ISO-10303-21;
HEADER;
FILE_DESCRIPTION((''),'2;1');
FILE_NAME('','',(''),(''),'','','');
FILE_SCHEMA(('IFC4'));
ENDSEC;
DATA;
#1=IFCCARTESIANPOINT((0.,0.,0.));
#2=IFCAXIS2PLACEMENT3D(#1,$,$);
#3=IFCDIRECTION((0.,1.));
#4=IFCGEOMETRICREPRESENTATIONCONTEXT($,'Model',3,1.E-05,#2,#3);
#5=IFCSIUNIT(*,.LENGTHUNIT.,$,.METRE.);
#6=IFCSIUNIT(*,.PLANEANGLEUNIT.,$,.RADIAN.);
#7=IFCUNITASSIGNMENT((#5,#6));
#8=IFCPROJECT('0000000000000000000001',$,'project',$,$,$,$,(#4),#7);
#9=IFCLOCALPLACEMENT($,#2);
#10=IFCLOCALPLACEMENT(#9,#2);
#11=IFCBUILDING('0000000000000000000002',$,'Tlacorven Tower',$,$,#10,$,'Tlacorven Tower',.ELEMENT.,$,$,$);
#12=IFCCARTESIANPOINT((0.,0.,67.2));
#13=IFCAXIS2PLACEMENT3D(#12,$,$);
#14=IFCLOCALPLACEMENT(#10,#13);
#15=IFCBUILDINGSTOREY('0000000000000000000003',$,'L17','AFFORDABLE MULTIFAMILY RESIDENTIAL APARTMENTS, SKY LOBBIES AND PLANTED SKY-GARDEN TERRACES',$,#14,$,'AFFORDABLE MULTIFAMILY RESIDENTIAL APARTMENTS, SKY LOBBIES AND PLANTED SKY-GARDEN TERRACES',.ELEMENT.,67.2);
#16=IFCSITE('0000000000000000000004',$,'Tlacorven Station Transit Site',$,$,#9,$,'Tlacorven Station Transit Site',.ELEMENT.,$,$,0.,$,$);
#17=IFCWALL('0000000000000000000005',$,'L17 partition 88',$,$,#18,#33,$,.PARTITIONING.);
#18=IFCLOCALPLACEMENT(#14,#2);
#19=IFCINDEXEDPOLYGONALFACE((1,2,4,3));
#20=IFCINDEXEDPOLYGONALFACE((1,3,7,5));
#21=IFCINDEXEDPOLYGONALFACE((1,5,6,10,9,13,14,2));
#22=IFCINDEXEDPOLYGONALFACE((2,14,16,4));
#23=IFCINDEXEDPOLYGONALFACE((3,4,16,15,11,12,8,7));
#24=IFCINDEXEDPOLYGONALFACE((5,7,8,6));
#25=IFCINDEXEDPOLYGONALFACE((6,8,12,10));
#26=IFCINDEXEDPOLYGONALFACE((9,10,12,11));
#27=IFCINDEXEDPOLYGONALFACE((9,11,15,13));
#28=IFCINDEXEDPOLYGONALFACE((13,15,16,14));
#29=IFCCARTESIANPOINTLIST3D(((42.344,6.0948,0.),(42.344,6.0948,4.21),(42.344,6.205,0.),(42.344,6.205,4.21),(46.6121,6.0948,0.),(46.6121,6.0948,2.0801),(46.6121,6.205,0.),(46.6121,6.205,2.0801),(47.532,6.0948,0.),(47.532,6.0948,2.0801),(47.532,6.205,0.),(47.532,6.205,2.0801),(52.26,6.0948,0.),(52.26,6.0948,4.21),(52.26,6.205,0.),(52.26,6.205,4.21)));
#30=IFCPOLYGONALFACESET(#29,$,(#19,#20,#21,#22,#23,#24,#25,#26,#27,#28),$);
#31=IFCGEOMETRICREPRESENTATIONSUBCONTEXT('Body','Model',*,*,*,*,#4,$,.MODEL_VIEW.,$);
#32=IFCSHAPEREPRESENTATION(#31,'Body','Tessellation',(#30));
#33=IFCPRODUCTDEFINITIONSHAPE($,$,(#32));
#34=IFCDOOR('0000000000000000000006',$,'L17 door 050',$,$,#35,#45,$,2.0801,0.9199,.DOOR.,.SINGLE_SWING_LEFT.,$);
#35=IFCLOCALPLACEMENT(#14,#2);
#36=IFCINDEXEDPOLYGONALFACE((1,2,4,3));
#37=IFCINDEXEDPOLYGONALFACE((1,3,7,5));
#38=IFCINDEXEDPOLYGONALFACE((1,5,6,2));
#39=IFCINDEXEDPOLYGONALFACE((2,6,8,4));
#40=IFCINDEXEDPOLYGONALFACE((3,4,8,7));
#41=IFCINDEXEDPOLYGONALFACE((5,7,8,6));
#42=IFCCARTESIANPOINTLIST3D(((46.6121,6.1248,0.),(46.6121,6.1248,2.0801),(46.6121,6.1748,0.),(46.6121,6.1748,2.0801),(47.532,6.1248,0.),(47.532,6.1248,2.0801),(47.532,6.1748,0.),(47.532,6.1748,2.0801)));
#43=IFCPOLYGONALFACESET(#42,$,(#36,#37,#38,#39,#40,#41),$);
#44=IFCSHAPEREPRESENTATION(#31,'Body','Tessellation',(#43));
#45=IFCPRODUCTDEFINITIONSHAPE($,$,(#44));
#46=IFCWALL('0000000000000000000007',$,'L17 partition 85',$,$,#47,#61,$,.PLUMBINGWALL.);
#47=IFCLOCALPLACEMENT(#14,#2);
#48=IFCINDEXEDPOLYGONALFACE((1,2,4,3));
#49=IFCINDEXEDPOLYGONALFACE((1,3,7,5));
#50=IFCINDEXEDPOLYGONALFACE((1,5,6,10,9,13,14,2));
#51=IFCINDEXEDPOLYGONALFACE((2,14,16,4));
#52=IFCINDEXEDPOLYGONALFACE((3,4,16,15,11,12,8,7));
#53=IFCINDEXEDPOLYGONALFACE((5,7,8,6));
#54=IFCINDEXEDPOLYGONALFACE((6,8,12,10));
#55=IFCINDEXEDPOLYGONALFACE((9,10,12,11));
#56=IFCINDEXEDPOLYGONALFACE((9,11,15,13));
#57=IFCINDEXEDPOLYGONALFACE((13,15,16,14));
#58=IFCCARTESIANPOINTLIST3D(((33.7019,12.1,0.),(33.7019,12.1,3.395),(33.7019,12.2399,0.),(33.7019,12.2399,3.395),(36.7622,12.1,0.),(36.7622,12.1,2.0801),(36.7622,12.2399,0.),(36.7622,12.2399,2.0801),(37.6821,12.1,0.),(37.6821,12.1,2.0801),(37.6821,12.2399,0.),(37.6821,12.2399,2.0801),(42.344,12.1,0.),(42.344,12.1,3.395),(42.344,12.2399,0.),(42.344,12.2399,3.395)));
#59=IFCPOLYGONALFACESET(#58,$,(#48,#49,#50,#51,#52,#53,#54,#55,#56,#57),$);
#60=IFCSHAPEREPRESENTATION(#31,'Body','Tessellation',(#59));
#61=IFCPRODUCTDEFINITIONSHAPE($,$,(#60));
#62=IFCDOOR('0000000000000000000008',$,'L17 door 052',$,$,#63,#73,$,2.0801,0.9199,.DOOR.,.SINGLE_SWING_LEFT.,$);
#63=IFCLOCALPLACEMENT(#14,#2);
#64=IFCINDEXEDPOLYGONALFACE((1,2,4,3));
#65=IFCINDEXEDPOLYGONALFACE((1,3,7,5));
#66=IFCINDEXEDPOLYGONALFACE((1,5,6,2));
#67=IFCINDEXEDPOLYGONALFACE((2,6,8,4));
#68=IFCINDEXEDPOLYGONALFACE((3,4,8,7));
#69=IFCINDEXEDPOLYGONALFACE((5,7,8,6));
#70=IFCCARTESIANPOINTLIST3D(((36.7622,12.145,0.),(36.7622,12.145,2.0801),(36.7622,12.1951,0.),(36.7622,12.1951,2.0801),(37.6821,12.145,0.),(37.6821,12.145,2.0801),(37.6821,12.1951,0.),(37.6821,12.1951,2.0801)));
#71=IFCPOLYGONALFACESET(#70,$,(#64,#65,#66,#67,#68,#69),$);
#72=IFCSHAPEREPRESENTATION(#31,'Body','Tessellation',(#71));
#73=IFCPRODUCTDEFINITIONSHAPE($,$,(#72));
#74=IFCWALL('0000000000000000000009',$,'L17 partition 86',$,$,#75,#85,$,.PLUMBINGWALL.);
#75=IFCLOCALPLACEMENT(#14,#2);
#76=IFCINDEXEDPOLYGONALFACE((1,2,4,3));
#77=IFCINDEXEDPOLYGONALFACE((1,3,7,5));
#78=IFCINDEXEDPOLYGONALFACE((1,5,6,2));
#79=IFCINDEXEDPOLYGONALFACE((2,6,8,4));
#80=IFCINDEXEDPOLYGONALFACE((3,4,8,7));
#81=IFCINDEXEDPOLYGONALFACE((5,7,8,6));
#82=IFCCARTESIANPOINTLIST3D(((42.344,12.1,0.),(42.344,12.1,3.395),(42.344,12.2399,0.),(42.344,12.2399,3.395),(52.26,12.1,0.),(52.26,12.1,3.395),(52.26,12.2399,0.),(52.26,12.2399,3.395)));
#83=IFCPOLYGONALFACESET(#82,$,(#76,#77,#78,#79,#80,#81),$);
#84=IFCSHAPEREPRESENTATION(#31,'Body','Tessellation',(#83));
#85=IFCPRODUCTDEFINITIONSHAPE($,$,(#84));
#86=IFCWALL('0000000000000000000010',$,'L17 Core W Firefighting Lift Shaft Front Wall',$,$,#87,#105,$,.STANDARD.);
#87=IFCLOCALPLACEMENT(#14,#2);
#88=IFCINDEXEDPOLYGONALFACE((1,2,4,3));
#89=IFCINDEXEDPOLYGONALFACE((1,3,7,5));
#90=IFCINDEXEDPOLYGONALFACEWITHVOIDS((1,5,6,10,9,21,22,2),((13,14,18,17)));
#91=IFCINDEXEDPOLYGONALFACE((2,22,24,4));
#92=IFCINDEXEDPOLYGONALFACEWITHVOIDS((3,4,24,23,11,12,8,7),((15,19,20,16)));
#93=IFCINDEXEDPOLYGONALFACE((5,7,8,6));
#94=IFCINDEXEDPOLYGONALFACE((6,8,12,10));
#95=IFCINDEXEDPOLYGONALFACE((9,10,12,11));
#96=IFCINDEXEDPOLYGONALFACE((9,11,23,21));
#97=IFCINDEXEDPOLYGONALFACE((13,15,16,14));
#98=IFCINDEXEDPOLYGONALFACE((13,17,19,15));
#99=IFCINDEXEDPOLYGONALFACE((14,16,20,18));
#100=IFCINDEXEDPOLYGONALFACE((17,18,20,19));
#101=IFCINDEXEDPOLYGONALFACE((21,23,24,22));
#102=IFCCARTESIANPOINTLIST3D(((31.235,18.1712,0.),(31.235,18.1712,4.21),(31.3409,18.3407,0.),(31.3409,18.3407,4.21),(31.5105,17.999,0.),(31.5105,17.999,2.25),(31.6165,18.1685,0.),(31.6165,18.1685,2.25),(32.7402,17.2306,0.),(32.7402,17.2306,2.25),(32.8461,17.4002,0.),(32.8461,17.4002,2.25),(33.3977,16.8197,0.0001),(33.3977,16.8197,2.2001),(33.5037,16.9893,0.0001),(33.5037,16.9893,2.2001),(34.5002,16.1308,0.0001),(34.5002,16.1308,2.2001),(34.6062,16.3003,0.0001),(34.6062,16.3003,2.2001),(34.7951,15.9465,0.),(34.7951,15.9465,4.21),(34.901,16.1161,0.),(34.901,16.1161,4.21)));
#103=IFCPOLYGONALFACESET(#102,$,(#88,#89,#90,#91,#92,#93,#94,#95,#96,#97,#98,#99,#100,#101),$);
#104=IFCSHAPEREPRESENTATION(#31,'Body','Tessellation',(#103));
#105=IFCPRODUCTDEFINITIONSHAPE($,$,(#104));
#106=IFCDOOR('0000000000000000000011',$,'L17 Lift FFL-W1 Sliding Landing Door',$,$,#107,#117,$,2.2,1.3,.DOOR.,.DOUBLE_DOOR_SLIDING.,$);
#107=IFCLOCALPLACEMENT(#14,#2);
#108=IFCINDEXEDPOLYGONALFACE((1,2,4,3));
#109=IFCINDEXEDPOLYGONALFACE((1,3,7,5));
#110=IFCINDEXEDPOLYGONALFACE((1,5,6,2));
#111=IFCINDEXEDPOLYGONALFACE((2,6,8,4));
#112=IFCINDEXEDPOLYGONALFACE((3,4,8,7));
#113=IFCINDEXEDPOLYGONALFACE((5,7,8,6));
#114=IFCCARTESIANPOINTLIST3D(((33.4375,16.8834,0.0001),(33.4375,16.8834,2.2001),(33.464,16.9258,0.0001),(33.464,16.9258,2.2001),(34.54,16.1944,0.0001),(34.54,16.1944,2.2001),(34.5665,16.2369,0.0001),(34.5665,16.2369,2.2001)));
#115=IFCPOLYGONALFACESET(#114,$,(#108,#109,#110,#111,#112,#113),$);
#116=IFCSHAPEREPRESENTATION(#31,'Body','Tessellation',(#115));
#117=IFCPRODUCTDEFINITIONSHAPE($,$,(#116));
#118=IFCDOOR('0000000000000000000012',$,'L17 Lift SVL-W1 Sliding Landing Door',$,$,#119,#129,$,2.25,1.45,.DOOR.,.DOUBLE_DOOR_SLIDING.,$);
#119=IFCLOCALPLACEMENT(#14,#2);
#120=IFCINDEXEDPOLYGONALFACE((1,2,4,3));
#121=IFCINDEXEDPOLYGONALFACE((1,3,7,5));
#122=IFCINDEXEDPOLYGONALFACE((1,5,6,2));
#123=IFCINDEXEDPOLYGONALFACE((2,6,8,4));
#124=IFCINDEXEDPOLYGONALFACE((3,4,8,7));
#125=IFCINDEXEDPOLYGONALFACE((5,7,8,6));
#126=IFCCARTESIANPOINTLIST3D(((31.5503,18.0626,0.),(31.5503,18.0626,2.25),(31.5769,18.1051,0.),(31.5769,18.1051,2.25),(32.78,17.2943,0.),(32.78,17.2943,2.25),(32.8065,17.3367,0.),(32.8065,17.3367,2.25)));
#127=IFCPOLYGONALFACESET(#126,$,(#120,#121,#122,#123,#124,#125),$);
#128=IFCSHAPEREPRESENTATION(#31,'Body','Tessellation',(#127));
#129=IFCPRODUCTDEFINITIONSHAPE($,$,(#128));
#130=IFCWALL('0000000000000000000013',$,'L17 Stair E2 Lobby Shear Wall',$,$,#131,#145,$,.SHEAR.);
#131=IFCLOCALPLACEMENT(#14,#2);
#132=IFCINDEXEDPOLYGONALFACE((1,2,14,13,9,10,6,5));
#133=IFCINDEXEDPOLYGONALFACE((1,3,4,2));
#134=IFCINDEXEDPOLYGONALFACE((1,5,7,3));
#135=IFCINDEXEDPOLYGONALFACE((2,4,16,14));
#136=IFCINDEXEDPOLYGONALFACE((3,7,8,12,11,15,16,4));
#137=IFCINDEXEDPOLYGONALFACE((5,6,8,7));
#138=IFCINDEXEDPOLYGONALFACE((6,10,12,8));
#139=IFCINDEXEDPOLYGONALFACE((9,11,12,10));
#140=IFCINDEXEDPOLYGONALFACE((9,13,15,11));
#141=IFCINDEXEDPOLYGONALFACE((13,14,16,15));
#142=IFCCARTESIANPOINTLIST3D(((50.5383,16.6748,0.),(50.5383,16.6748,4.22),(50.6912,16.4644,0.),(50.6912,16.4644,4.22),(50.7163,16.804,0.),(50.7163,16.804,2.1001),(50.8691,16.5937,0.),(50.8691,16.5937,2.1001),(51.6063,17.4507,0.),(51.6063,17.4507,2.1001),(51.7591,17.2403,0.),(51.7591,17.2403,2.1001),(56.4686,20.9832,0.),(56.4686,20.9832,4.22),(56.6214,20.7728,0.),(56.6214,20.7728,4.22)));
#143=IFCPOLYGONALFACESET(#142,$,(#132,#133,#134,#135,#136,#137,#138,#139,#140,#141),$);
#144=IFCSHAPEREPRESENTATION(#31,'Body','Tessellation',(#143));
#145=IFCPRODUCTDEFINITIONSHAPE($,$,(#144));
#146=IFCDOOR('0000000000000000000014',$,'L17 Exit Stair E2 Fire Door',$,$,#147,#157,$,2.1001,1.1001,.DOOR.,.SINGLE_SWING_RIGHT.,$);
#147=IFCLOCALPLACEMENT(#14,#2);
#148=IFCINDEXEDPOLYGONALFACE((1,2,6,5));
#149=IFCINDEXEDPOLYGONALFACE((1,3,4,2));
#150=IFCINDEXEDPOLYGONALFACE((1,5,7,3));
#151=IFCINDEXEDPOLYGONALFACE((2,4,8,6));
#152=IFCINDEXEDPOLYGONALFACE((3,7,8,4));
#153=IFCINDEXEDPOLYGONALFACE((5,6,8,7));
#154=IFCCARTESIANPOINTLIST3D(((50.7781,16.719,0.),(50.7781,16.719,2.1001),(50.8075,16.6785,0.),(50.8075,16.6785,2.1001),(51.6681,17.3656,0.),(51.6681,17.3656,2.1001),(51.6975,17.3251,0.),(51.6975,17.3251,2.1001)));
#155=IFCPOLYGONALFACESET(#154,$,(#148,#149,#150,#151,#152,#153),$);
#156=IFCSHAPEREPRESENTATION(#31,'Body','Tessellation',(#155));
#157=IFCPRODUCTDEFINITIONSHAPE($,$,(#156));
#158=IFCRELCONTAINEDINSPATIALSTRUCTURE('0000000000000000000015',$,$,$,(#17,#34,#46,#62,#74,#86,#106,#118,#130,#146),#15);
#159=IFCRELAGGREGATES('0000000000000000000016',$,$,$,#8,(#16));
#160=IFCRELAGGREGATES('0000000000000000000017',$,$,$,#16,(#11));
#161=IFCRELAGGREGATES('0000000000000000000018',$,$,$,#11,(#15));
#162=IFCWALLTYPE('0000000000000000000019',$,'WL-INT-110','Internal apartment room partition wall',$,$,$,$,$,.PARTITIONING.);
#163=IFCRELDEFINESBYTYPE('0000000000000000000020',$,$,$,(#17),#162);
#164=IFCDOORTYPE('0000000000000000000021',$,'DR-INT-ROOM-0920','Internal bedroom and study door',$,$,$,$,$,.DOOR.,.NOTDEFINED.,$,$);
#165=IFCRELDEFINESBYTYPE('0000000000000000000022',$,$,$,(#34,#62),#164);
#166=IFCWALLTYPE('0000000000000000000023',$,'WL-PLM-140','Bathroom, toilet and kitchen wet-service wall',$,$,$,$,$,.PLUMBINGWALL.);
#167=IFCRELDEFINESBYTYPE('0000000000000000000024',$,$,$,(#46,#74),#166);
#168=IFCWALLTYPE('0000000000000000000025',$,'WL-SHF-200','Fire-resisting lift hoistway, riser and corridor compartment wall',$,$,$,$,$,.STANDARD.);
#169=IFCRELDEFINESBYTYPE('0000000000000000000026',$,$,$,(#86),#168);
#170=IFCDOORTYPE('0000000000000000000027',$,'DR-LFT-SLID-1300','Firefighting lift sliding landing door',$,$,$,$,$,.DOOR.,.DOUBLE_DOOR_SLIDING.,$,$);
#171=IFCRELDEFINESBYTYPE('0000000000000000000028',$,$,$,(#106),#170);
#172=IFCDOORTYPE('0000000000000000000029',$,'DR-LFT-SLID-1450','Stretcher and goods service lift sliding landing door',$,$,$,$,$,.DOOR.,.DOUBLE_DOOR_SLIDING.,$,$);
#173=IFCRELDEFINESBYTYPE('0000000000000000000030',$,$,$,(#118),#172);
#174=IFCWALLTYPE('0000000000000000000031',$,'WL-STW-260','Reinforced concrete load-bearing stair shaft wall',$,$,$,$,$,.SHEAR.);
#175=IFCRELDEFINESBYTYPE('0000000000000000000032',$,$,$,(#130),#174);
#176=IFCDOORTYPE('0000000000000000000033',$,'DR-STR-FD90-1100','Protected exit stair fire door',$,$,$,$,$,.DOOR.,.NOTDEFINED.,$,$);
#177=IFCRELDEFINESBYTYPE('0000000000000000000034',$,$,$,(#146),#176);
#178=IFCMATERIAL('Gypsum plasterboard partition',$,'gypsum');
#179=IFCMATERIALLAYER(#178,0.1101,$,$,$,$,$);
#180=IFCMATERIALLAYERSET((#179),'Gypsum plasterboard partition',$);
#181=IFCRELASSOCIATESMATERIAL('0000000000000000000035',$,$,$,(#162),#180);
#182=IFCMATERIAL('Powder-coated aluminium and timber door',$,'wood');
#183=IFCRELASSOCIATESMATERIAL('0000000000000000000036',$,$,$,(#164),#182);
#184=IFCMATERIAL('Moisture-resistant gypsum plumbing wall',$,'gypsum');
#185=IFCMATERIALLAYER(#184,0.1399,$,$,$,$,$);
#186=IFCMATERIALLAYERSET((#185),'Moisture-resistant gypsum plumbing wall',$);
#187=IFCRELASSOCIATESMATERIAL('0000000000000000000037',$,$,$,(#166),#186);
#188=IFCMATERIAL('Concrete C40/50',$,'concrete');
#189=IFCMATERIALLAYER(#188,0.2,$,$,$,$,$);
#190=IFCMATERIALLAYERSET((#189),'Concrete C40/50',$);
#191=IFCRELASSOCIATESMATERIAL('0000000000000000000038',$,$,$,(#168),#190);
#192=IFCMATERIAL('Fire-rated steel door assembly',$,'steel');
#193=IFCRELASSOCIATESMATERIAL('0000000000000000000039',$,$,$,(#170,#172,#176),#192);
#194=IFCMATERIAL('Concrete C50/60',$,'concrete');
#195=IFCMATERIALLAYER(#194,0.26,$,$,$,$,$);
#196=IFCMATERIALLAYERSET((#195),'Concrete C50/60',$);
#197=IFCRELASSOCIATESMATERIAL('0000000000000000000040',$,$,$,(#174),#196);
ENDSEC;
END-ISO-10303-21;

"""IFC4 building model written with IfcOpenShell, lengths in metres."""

from ifc_helpers import new_model, si_unit, direction, frame, frame_2d, origin, place, context, subcontext, project, spatial, rectangle, extrude, source, transform, mapped, material, layer, layer_set, type_object, element, fill, save


model = new_model("IFC4")

# Units and contexts
model_context = context("Model", 3, precision=1e-05, world=origin(), true_north=direction((0.0, 1.0)))
body_context = subcontext(model_context, "Body", "Model", "MODEL_VIEW")
ifc_project = project(units=[si_unit("LENGTHUNIT", "METRE"), si_unit("PLANEANGLEUNIT", "RADIAN")], contexts=[model_context])

# Site, building, storey
site_placement = place(None, origin())
site = spatial("IfcSite", under=ifc_project, at=site_placement, Name="Tlacorven Station Transit Site", LongName="Tlacorven Station Transit Site", CompositionType="ELEMENT", RefElevation=0.0)
building_placement = place(site_placement, origin())
building = spatial("IfcBuilding", under=site, at=building_placement, Name="Tlacorven Tower", LongName="Tlacorven Tower", CompositionType="ELEMENT")
storey_placement = place(building_placement, frame((0.0, 0.0, 67.2)))
storey = spatial("IfcBuildingStorey", under=building, at=storey_placement, Name="L17", Description="AFFORDABLE MULTIFAMILY RESIDENTIAL APARTMENTS, SKY LOBBIES AND PLANTED SKY-GARDEN TERRACES", LongName="AFFORDABLE MULTIFAMILY RESIDENTIAL APARTMENTS, SKY LOBBIES AND PLANTED SKY-GARDEN TERRACES", CompositionType="ELEMENT", Elevation=67.2)

# Shared definitions
ifc_material_1 = material(Name="Fire-rated steel door assembly", Category="steel")

# Walls, openings, doors
ifc_material_2 = material(Name="Gypsum plasterboard partition", Category="gypsum")
ifc_layer_1 = layer(ifc_material_2, 0.1101)
ifc_layer_set_1 = layer_set([ifc_layer_1], Name="Gypsum plasterboard partition")
wall_type_1 = type_object("IfcWallType", Name="WL-INT-110", Description="Internal apartment room partition wall", PredefinedType="PARTITIONING", material=ifc_layer_set_1)
wall_1_placement = place(storey_placement, frame((42.344, 6.1499, 0.0), z_axis=(0.0, 0.0, 1.0), x_axis=(1.0, 0.0, 0.0)))
wall_1 = element("IfcWall", 1, at=wall_1_placement, inside=storey, type_object=wall_type_1, Name="L17 partition 88", PredefinedType="PARTITIONING", context=body_context, shape_type="SweptSolid", body=[
    extrude(rectangle(XDim=9.916, YDim=0.1101, at=frame_2d((4.958, 0.0))), origin(), (0.0, 0.0, 1.0), 4.21),
])
opening_1_placement = place(wall_1_placement, frame((4.2681, 0.0, 0.0)))
opening_1 = element("IfcOpeningElement", 2, at=opening_1_placement, cuts=wall_1, PredefinedType="OPENING", context=body_context, shape_type="SweptSolid", body=[
    extrude(rectangle(XDim=0.9199, YDim=2.0801, at=frame_2d((0.46, 1.04))), frame((0.0, 0.0649, 0.0), z_axis=(0.0, -1.0, 0.0), x_axis=(1.0, 0.0, 0.0)), (0.0, 0.0, 1.0), 0.1301),
])
ifc_material_3 = material(Name="Powder-coated aluminium and timber door", Category="wood")
door_type_1 = type_object("IfcDoorType", Name="DR-INT-ROOM-0920", Description="Internal bedroom and study door", OperationType="NOTDEFINED", PredefinedType="DOOR", material=ifc_material_3)
shared_shape_1 = source(origin(), body_context, "Body", "SweptSolid", [
    extrude(rectangle(XDim=0.9199, YDim=2.0801, at=frame_2d((0.46, 1.04))), frame((0.0, 0.0249, 0.0), z_axis=(0.0, -1.0, 0.0), x_axis=(1.0, 0.0, 0.0)), (0.0, 0.0, 1.0), 0.05),
])
door_1_placement = place(opening_1_placement, origin())
door_1 = element("IfcDoor", 3, at=door_1_placement, inside=storey, type_object=door_type_1, Name="L17 door 050", OperationType="SINGLE_SWING_LEFT", OverallHeight=2.0801, OverallWidth=0.9199, PredefinedType="DOOR", context=body_context, shape_type="MappedRepresentation", body=[
    mapped(shared_shape_1, transform((0.0, 0.0, 0.0), scale=1.0)),
])
fill(opening_1, door_1)
ifc_material_4 = material(Name="Moisture-resistant gypsum plumbing wall", Category="gypsum")
ifc_layer_2 = layer(ifc_material_4, 0.1399)
ifc_layer_set_2 = layer_set([ifc_layer_2], Name="Moisture-resistant gypsum plumbing wall")
wall_type_2 = type_object("IfcWallType", Name="WL-PLM-140", Description="Bathroom, toilet and kitchen wet-service wall", PredefinedType="PLUMBINGWALL", material=ifc_layer_set_2)
wall_2_placement = place(storey_placement, frame((33.7019, 12.1699, 0.0), z_axis=(0.0, 0.0, 1.0), x_axis=(1.0, 0.0, 0.0)))
wall_2 = element("IfcWall", 4, at=wall_2_placement, inside=storey, type_object=wall_type_2, Name="L17 partition 85", PredefinedType="PLUMBINGWALL", context=body_context, shape_type="SweptSolid", body=[
    extrude(rectangle(XDim=8.6421, YDim=0.1399, at=frame_2d((4.321, 0.0))), origin(), (0.0, 0.0, 1.0), 3.395),
])
opening_2_placement = place(wall_2_placement, frame((3.0603, 0.0, 0.0)))
opening_2 = element("IfcOpeningElement", 5, at=opening_2_placement, cuts=wall_2, PredefinedType="OPENING", context=body_context, shape_type="SweptSolid", body=[
    extrude(rectangle(XDim=0.9199, YDim=2.0801, at=frame_2d((0.46, 1.04))), frame((0.0, 0.0801, 0.0), z_axis=(0.0, -1.0, 0.0), x_axis=(1.0, 0.0, 0.0)), (0.0, 0.0, 1.0), 0.1599),
])
door_2_placement = place(opening_2_placement, frame((0.9199, 0.0, 0.0), z_axis=(0.0, 0.0, 1.0), x_axis=(-1.0, 0.0, 0.0)))
door_2 = element("IfcDoor", 6, at=door_2_placement, inside=storey, type_object=door_type_1, Name="L17 door 052", OperationType="SINGLE_SWING_LEFT", OverallHeight=2.0801, OverallWidth=0.9199, PredefinedType="DOOR", context=body_context, shape_type="MappedRepresentation", body=[
    mapped(shared_shape_1, transform((0.0, 0.0, 0.0), scale=1.0)),
])
fill(opening_2, door_2)

# Wall
wall_3_placement = place(storey_placement, frame((42.344, 12.1699, 0.0), z_axis=(0.0, 0.0, 1.0), x_axis=(1.0, 0.0, 0.0)))
element("IfcWall", 7, at=wall_3_placement, inside=storey, type_object=wall_type_2, Name="L17 partition 86", PredefinedType="PLUMBINGWALL", context=body_context, shape_type="SweptSolid", body=[
    extrude(rectangle(XDim=9.916, YDim=0.1399, at=frame_2d((4.958, 0.0))), origin(), (0.0, 0.0, 1.0), 3.395),
])

# Wall, openings, doors
ifc_material_5 = material(Name="Concrete C40/50", Category="concrete")
ifc_layer_3 = layer(ifc_material_5, 0.2)
ifc_layer_set_3 = layer_set([ifc_layer_3], Name="Concrete C40/50")
wall_type_3 = type_object("IfcWallType", Name="WL-SHF-200", Description="Fire-resisting lift hoistway, riser and corridor compartment wall", PredefinedType="STANDARD", material=ifc_layer_set_3)
wall_4_placement = place(storey_placement, frame((34.8481, 16.0312, 0.0), z_axis=(0.0, 0.0, 1.0), x_axis=(-0.848044, 0.529926, 0.0)))
wall_4 = element("IfcWall", 8, at=wall_4_placement, inside=storey, type_object=wall_type_3, Name="L17 Core W Firefighting Lift Shaft Front Wall", PredefinedType="STANDARD", context=body_context, shape_type="SweptSolid", body=[
    extrude(rectangle(XDim=4.198, YDim=0.2, at=frame_2d((2.0991, 0.0))), origin(), (0.0, 0.0, 1.0), 4.21),
])
opening_3_placement = place(wall_4_placement, frame((0.3479, 0.0, 0.0)))
opening_3 = element("IfcOpeningElement", 9, at=opening_3_placement, cuts=wall_4, PredefinedType="OPENING", context=body_context, shape_type="SweptSolid", body=[
    extrude(rectangle(XDim=1.3, YDim=2.2, at=frame_2d((0.6499, 1.1001))), frame((0.0, 0.1099, 0.0), z_axis=(0.0, -1.0, 0.0), x_axis=(1.0, 0.0, 0.0)), (0.0, 0.0, 1.0), 0.22),
])
opening_4_placement = place(wall_4_placement, frame((2.4231, 0.0, 0.0)))
opening_4 = element("IfcOpeningElement", 10, at=opening_4_placement, cuts=wall_4, PredefinedType="OPENING", context=body_context, shape_type="SweptSolid", body=[
    extrude(rectangle(XDim=1.45, YDim=2.25, at=frame_2d((0.7251, 1.125))), frame((0.0, 0.1099, 0.0), z_axis=(0.0, -1.0, 0.0), x_axis=(1.0, 0.0, 0.0)), (0.0, 0.0, 1.0), 0.22),
])
door_type_2 = type_object("IfcDoorType", Name="DR-LFT-SLID-1300", Description="Firefighting lift sliding landing door", OperationType="DOUBLE_DOOR_SLIDING", PredefinedType="DOOR", material=ifc_material_1)
shared_shape_2 = source(origin(), body_context, "Body", "SweptSolid", [
    extrude(rectangle(XDim=1.3, YDim=2.2, at=frame_2d((0.6499, 1.1001))), frame((0.0, 0.0249, 0.0), z_axis=(0.0, -1.0, 0.0), x_axis=(1.0, 0.0, 0.0)), (0.0, 0.0, 1.0), 0.05),
])
door_3_placement = place(opening_3_placement, origin())
door_3 = element("IfcDoor", 11, at=door_3_placement, inside=storey, type_object=door_type_2, Name="L17 Lift FFL-W1 Sliding Landing Door", OperationType="DOUBLE_DOOR_SLIDING", OverallHeight=2.2, OverallWidth=1.3, PredefinedType="DOOR", context=body_context, shape_type="MappedRepresentation", body=[
    mapped(shared_shape_2, transform((0.0, 0.0, 0.0), scale=1.0)),
])
fill(opening_3, door_3)
door_type_3 = type_object("IfcDoorType", Name="DR-LFT-SLID-1450", Description="Stretcher and goods service lift sliding landing door", OperationType="DOUBLE_DOOR_SLIDING", PredefinedType="DOOR", material=ifc_material_1)
shared_shape_3 = source(origin(), body_context, "Body", "SweptSolid", [
    extrude(rectangle(XDim=1.45, YDim=2.25, at=frame_2d((0.7251, 1.125))), frame((0.0, 0.0249, 0.0), z_axis=(0.0, -1.0, 0.0), x_axis=(1.0, 0.0, 0.0)), (0.0, 0.0, 1.0), 0.05),
])
door_4_placement = place(opening_4_placement, origin())
door_4 = element("IfcDoor", 12, at=door_4_placement, inside=storey, type_object=door_type_3, Name="L17 Lift SVL-W1 Sliding Landing Door", OperationType="DOUBLE_DOOR_SLIDING", OverallHeight=2.25, OverallWidth=1.45, PredefinedType="DOOR", context=body_context, shape_type="MappedRepresentation", body=[
    mapped(shared_shape_3, transform((0.0, 0.0, 0.0), scale=1.0)),
])
fill(opening_4, door_4)

# Wall, opening, door
ifc_material_6 = material(Name="Concrete C50/60", Category="concrete")
ifc_layer_4 = layer(ifc_material_6, 0.26)
ifc_layer_set_4 = layer_set([ifc_layer_4], Name="Concrete C50/60")
wall_type_4 = type_object("IfcWallType", Name="WL-STW-260", Description="Reinforced concrete load-bearing stair shaft wall", PredefinedType="SHEAR", material=ifc_layer_set_4)
wall_5_placement = place(storey_placement, frame((50.6147, 16.5696, 0.0), z_axis=(0.0, 0.0, 1.0), x_axis=(0.809028, 0.58777, 0.0)))
wall_5 = element("IfcWall", 13, at=wall_5_placement, inside=storey, type_object=wall_type_4, Name="L17 Stair E2 Lobby Shear Wall", PredefinedType="SHEAR", context=body_context, shape_type="SweptSolid", body=[
    extrude(rectangle(XDim=7.3301, YDim=0.26, at=frame_2d((3.665, 0.0))), origin(), (0.0, 0.0, 1.0), 4.22),
])
opening_5_placement = place(wall_5_placement, frame((0.22, 0.0, 0.0)))
opening_5 = element("IfcOpeningElement", 14, at=opening_5_placement, cuts=wall_5, PredefinedType="OPENING", context=body_context, shape_type="SweptSolid", body=[
    extrude(rectangle(XDim=1.1001, YDim=2.1001, at=frame_2d((0.55, 1.05))), frame((0.0, 0.1401, 0.0), z_axis=(0.0, -1.0, 0.0), x_axis=(1.0, 0.0, 0.0)), (0.0, 0.0, 1.0), 0.28),
])
door_type_4 = type_object("IfcDoorType", Name="DR-STR-FD90-1100", Description="Protected exit stair fire door", OperationType="NOTDEFINED", PredefinedType="DOOR", material=ifc_material_1)
shared_shape_4 = source(origin(), body_context, "Body", "SweptSolid", [
    extrude(rectangle(XDim=1.1001, YDim=2.1001, at=frame_2d((0.55, 1.05))), frame((0.0, 0.0249, 0.0), z_axis=(0.0, -1.0, 0.0), x_axis=(1.0, 0.0, 0.0)), (0.0, 0.0, 1.0), 0.05),
])
door_5_placement = place(opening_5_placement, origin())
door_5 = element("IfcDoor", 15, at=door_5_placement, inside=storey, type_object=door_type_4, Name="L17 Exit Stair E2 Fire Door", OperationType="SINGLE_SWING_RIGHT", OverallHeight=2.1001, OverallWidth=1.1001, PredefinedType="DOOR", context=body_context, shape_type="MappedRepresentation", body=[
    mapped(shared_shape_4, transform((0.0, 0.0, 0.0), scale=1.0)),
])
fill(opening_5, door_5)

save(model, "model.ifc")
